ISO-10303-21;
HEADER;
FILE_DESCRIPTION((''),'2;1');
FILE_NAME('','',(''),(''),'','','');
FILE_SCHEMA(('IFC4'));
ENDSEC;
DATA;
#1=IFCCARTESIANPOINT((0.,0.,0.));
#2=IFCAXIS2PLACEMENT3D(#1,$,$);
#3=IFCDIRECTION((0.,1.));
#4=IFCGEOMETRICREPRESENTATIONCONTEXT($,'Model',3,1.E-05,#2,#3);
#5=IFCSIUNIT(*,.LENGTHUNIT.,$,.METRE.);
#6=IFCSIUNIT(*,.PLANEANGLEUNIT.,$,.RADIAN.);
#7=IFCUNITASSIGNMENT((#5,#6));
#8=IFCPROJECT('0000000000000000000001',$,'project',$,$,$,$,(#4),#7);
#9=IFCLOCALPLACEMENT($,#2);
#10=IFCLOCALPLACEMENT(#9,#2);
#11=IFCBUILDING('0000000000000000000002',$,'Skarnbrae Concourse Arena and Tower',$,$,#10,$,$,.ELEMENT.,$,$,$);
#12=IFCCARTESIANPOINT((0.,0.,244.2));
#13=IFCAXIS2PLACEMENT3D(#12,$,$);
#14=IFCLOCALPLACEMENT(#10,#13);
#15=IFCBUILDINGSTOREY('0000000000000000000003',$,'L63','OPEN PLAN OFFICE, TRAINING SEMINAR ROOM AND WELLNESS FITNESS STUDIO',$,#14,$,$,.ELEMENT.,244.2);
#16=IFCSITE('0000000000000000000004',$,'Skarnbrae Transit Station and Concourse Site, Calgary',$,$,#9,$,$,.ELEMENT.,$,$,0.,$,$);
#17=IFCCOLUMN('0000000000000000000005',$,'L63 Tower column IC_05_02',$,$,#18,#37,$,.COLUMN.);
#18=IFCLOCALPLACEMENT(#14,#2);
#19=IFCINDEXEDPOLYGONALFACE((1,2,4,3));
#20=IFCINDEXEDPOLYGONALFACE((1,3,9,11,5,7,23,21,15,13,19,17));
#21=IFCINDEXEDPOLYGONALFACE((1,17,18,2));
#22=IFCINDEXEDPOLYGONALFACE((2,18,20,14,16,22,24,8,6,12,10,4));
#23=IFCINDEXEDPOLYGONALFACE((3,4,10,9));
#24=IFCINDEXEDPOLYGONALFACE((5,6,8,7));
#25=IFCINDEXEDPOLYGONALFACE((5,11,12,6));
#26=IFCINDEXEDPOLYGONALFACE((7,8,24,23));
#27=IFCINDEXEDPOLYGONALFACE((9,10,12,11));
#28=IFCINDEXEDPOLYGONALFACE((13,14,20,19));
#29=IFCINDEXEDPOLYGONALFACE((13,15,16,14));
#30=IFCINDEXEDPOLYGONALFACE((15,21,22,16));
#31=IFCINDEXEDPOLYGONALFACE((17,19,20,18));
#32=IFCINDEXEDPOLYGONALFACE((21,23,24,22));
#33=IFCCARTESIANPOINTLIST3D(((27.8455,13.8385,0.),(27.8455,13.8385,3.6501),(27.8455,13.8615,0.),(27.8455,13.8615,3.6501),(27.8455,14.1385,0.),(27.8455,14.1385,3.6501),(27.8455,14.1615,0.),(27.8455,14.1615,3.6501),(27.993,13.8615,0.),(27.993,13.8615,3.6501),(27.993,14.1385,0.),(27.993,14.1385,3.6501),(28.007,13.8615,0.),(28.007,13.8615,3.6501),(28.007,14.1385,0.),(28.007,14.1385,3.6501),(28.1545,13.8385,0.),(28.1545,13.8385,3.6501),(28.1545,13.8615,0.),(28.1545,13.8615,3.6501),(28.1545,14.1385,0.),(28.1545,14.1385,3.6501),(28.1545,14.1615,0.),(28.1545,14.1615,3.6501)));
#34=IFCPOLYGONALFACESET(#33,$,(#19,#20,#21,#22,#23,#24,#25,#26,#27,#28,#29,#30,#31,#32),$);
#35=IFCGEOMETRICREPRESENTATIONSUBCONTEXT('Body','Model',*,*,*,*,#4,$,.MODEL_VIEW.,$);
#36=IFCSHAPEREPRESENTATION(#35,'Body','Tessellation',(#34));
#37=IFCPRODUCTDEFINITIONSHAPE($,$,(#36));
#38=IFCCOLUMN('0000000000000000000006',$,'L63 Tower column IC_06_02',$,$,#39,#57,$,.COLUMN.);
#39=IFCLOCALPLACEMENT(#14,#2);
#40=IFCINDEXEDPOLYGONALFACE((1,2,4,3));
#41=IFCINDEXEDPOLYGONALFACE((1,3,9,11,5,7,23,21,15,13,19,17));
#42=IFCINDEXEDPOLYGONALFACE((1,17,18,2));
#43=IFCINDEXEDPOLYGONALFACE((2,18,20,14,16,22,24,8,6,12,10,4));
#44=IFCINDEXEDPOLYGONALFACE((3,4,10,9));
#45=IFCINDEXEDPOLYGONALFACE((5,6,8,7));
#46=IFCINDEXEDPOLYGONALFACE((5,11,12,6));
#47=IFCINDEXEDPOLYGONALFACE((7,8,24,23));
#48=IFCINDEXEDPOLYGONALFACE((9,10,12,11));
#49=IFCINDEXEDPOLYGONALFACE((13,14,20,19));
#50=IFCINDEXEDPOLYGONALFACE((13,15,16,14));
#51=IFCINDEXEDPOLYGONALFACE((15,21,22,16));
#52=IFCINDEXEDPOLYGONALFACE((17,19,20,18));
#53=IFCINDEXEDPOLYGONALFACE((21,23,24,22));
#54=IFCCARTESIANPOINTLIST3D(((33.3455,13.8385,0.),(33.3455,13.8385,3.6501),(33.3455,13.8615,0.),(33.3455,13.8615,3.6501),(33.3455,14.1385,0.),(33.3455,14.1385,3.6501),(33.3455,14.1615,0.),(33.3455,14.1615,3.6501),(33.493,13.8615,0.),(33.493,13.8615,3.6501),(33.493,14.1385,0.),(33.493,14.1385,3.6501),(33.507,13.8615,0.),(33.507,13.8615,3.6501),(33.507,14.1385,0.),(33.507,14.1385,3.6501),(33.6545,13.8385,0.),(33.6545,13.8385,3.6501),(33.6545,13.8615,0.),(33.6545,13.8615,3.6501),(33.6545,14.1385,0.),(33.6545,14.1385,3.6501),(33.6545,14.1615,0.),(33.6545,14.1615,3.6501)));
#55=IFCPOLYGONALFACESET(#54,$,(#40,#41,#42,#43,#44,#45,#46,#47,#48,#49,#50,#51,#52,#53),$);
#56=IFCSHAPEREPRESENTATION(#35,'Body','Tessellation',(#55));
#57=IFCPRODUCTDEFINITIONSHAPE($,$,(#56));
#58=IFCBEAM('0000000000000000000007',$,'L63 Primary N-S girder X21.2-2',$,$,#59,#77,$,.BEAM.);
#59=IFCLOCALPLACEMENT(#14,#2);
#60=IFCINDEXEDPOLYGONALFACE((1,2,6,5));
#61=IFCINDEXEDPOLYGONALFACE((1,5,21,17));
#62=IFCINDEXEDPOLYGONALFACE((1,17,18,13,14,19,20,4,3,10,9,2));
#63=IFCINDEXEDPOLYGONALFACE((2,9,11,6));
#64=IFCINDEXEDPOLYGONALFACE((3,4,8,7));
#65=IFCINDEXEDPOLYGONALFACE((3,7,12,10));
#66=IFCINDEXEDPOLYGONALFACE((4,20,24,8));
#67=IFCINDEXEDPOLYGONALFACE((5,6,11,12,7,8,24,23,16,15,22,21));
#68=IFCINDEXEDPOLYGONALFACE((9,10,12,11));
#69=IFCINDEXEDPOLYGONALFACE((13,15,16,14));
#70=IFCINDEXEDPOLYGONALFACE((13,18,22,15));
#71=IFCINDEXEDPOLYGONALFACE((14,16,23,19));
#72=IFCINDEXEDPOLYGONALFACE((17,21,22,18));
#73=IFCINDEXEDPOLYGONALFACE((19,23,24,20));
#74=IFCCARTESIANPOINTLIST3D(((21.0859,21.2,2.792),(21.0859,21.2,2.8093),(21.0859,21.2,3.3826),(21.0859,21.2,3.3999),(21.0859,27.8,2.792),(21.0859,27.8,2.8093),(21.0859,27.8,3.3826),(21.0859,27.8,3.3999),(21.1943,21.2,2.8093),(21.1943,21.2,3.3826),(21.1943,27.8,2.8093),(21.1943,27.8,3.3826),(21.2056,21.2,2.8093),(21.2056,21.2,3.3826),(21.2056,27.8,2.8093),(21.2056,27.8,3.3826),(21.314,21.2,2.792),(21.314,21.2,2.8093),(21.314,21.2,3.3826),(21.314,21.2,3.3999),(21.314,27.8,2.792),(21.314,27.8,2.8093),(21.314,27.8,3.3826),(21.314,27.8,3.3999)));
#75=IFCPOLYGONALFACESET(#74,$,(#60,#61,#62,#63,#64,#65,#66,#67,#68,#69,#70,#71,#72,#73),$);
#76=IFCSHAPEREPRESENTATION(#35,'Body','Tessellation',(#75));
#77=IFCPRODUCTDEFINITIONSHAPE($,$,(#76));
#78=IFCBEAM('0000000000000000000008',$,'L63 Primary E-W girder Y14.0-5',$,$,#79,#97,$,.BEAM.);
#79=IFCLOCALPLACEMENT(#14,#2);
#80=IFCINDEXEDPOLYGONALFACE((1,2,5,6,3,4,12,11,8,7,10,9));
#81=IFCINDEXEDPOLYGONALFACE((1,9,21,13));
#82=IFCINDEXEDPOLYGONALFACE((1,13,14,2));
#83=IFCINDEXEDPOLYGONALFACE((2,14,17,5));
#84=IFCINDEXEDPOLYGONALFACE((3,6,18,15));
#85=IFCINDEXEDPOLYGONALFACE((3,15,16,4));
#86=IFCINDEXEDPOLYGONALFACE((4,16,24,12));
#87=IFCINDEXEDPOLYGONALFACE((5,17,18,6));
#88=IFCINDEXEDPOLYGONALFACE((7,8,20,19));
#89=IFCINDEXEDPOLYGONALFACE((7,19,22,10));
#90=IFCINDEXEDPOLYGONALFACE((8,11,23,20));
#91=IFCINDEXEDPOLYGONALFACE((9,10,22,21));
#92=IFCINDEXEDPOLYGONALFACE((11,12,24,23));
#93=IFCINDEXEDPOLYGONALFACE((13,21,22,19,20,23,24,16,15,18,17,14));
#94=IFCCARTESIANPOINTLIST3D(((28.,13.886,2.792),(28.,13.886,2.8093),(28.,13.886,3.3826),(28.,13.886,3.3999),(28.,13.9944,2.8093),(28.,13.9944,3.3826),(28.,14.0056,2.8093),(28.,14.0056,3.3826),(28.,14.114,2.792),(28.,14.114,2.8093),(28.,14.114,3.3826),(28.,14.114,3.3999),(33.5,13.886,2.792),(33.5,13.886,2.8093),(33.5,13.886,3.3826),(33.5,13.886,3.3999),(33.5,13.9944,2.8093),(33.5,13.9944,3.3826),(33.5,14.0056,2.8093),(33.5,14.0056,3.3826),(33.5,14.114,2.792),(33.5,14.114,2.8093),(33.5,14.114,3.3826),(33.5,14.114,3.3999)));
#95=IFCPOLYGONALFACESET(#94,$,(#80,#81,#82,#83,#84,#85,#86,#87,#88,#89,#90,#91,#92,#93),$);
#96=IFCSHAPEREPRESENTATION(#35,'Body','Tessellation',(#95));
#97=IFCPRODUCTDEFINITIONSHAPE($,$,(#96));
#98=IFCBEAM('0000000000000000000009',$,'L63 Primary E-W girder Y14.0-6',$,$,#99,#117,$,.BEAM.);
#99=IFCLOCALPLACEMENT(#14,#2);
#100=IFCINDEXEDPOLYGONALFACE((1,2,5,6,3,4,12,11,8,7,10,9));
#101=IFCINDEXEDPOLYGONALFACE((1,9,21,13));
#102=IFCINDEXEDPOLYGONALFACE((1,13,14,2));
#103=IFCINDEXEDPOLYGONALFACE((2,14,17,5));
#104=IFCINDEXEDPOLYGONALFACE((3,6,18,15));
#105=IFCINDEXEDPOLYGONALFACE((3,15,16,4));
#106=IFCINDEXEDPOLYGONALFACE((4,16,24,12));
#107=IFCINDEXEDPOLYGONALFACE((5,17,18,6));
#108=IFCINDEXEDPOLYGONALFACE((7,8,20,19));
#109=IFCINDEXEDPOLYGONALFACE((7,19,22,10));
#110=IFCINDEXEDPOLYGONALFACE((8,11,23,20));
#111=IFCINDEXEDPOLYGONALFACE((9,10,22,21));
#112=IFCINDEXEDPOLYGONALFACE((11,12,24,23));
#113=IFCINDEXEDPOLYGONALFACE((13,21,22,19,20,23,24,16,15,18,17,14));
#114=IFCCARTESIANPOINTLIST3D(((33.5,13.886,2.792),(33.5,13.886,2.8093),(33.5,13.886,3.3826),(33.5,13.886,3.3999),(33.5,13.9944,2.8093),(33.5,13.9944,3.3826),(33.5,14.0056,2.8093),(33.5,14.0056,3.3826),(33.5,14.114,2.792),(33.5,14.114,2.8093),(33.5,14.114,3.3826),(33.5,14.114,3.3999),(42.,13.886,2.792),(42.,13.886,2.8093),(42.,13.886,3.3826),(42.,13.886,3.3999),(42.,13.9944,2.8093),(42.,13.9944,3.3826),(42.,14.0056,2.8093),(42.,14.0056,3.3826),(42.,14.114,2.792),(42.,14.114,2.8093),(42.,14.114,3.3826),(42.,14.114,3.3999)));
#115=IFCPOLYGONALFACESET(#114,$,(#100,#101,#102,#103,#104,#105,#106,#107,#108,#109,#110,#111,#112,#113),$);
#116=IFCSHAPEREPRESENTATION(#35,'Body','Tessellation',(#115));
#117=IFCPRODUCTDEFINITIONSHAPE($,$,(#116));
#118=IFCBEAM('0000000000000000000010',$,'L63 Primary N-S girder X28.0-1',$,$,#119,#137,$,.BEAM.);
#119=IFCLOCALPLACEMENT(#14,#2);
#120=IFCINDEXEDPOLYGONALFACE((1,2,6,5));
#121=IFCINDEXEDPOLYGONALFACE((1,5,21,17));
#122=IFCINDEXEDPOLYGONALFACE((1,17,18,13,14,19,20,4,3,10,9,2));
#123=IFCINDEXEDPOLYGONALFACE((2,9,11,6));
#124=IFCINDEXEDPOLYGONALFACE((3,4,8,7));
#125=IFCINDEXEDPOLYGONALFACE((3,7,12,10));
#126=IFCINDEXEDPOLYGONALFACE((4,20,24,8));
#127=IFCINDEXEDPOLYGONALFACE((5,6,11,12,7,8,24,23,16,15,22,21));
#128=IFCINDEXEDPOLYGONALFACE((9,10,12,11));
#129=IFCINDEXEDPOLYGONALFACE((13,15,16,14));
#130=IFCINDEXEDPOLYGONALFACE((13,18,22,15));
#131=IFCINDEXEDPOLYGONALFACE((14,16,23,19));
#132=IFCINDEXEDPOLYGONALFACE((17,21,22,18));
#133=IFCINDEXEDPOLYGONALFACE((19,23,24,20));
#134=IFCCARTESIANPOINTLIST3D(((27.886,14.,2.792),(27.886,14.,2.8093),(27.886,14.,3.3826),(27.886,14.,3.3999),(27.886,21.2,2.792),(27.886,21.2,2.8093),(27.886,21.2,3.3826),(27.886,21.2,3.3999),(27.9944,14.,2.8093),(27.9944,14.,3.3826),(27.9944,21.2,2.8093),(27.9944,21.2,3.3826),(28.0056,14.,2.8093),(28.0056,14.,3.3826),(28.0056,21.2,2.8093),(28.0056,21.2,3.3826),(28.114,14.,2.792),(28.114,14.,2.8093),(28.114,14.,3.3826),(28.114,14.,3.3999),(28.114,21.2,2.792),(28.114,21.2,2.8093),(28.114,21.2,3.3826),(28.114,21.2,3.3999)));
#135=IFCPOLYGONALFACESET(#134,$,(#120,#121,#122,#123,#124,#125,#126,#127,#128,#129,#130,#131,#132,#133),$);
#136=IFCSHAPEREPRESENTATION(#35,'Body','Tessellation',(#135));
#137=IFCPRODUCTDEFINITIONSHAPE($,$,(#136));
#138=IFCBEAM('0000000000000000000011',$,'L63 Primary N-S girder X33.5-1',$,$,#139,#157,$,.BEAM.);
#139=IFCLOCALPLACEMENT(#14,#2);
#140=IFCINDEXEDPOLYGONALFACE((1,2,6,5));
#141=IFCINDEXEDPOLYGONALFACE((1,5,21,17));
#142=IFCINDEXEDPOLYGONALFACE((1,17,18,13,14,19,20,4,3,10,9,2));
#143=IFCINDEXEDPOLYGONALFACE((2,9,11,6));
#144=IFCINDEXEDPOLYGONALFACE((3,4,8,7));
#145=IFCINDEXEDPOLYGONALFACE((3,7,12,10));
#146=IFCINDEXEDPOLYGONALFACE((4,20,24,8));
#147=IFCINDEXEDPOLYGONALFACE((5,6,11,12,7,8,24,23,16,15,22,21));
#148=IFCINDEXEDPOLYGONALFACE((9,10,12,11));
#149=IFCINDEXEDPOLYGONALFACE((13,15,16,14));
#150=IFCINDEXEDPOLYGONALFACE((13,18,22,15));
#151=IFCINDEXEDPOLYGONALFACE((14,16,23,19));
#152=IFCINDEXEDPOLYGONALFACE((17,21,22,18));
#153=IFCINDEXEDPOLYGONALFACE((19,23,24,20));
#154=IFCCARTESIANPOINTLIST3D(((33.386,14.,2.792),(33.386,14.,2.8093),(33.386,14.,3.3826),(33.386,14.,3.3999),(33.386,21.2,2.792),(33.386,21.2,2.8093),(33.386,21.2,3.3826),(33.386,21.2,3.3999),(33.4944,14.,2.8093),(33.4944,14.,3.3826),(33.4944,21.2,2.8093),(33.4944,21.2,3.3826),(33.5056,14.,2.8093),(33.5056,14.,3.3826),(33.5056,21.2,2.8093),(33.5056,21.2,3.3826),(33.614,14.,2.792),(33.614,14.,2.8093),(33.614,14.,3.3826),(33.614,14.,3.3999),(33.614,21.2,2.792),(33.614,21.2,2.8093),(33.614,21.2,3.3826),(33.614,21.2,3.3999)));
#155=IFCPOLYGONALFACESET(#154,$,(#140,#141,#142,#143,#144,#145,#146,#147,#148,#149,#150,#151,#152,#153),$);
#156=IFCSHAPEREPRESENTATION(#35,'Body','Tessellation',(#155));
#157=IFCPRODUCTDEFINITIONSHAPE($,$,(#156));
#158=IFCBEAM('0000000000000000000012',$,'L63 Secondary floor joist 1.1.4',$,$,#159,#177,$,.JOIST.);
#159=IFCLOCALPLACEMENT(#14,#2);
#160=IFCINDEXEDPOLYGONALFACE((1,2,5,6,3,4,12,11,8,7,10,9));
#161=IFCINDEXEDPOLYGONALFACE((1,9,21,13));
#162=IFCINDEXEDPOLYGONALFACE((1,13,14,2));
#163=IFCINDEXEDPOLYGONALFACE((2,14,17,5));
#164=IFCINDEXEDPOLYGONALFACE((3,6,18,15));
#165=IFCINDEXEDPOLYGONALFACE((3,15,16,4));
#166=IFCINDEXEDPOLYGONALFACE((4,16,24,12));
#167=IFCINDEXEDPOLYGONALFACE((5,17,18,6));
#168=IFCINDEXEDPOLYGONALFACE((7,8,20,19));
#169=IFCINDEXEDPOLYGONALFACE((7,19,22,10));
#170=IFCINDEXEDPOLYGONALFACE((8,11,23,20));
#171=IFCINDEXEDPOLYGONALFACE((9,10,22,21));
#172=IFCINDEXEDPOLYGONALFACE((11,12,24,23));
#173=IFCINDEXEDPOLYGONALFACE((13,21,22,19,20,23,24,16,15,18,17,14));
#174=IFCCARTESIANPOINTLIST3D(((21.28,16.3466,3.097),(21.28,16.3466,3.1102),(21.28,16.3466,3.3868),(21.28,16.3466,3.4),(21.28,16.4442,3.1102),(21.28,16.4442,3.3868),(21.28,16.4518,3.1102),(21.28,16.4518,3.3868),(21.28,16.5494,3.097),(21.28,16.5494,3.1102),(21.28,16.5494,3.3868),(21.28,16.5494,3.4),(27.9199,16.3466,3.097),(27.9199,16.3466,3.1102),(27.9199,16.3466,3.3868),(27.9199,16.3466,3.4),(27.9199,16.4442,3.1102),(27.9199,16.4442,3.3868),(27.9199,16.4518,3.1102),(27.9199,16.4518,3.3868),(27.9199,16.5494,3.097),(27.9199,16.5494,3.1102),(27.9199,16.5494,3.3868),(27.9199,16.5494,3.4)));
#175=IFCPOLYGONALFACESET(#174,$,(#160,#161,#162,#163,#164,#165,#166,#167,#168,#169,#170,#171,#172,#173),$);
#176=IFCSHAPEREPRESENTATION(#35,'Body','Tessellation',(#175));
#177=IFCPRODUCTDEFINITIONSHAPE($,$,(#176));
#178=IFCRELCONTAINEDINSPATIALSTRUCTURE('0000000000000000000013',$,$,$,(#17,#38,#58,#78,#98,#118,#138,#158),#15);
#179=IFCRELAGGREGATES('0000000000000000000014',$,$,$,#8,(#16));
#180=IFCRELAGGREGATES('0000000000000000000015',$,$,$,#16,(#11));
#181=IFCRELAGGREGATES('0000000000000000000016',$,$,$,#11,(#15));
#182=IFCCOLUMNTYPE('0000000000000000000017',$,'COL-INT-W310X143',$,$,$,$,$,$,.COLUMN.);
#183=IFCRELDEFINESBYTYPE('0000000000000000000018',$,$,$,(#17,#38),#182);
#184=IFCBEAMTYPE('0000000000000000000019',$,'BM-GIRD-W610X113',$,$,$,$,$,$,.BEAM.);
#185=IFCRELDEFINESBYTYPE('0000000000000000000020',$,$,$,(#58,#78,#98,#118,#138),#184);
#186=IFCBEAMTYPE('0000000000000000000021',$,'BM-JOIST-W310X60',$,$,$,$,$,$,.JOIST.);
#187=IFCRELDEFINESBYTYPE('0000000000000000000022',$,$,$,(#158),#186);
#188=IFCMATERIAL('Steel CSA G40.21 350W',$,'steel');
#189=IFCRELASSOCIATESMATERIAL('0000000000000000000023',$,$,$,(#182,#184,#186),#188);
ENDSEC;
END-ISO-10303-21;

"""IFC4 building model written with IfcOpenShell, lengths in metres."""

from ifc_helpers import new_model, si_unit, direction, frame, origin, origin_2d, place, context, subcontext, project, spatial, i_section, extrude, source, transform, mapped, material, material_profile, profile_set, type_object, element, save


model = new_model("IFC4")

# Units and contexts
model_context = context("Model", 3, precision=1e-05, world=origin(), true_north=direction((0.0, 1.0)))
body_context = subcontext(model_context, "Body", "Model", "MODEL_VIEW")
ifc_project = project(units=[si_unit("LENGTHUNIT", "METRE"), si_unit("PLANEANGLEUNIT", "RADIAN")], contexts=[model_context])

# Site, building, storey
site_placement = place(None, origin())
site = spatial("IfcSite", under=ifc_project, at=site_placement, Name="Skarnbrae Transit Station and Concourse Site, Calgary", CompositionType="ELEMENT", RefElevation=0.0)
building_placement = place(site_placement, origin())
building = spatial("IfcBuilding", under=site, at=building_placement, Name="Skarnbrae Concourse Arena and Tower", CompositionType="ELEMENT")
storey_placement = place(building_placement, frame((0.0, 0.0, 244.2)))
storey = spatial("IfcBuildingStorey", under=building, at=storey_placement, Name="L63", Description="OPEN PLAN OFFICE, TRAINING SEMINAR ROOM AND WELLNESS FITNESS STUDIO", CompositionType="ELEMENT", Elevation=244.2)

# Columns
ifc_material_1 = material(Name="Steel CSA G40.21 350W", Category="steel")
ifc_material_profile_1 = material_profile(ifc_material_1, i_section(OverallWidth=0.3091, OverallDepth=0.323, WebThickness=0.0139, FlangeThickness=0.0229, at=origin_2d()), Name="W310X143")
ifc_profile_set_1 = profile_set([ifc_material_profile_1], Name="Steel CSA G40.21 350W")
column_type = type_object("IfcColumnType", Name="COL-INT-W310X143", PredefinedType="COLUMN", material=ifc_profile_set_1)
shared_shape_1 = source(origin(), body_context, "Body", "SweptSolid", [
    extrude(i_section(OverallWidth=0.3091, OverallDepth=0.323, WebThickness=0.0139, FlangeThickness=0.0229, at=origin_2d()), origin(), (0.0, 0.0, 1.0), 3.6501),
])
for number, where, z_axis, x_axis, name in (
    (1, (28.0, 14.0, 0.0), (0.0, 0.0, 1.0), (1.0, 0.0, 0.0), "L63 Tower column IC_05_02"),
    (2, (33.5, 14.0, 0.0), (0.0, 0.0, 1.0), (1.0, 0.0, 0.0), "L63 Tower column IC_06_02"),
):
    element("IfcColumn", number, at=place(storey_placement, frame(where, z_axis=z_axis, x_axis=x_axis)), inside=storey, type_object=column_type, Name=name, PredefinedType="COLUMN", context=body_context, shape_type="MappedRepresentation", body=[
        mapped(shared_shape_1, transform((0.0, 0.0, 0.0))),
    ])

# Beams
ifc_material_profile_2 = material_profile(ifc_material_1, i_section(OverallWidth=0.228, OverallDepth=0.6079, WebThickness=0.0112, FlangeThickness=0.0173, at=origin_2d()), Name="W610X113")
ifc_profile_set_2 = profile_set([ifc_material_profile_2], Name="Steel CSA G40.21 350W")
beam_type_1 = type_object("IfcBeamType", Name="BM-GIRD-W610X113", PredefinedType="BEAM", material=ifc_profile_set_2)
shared_shape_2 = source(origin(), body_context, "Body", "SweptSolid", [
    extrude(i_section(OverallWidth=0.228, OverallDepth=0.6079, WebThickness=0.0112, FlangeThickness=0.0173, at=origin_2d()), origin(), (0.0, 0.0, 1.0), 6.6001),
])
beam_1_placement = place(storey_placement, frame((21.2, 21.2, 3.0959), z_axis=(0.0, 1.0, 0.0), x_axis=(-1.0, 0.0, 0.0)))
element("IfcBeam", 3, at=beam_1_placement, inside=storey, type_object=beam_type_1, Name="L63 Primary N-S girder X21.2-2", PredefinedType="BEAM", context=body_context, shape_type="MappedRepresentation", body=[
    mapped(shared_shape_2, transform((0.0, 0.0, 0.0))),
])
shared_shape_3 = source(origin(), body_context, "Body", "SweptSolid", [
    extrude(i_section(OverallWidth=0.228, OverallDepth=0.6079, WebThickness=0.0112, FlangeThickness=0.0173, at=origin_2d()), origin(), (0.0, 0.0, 1.0), 5.5),
])
beam_2_placement = place(storey_placement, frame((28.0, 14.0, 3.0959), z_axis=(1.0, 0.0, 0.0), x_axis=(0.0, 1.0, 0.0)))
element("IfcBeam", 4, at=beam_2_placement, inside=storey, type_object=beam_type_1, Name="L63 Primary E-W girder Y14.0-5", PredefinedType="BEAM", context=body_context, shape_type="MappedRepresentation", body=[
    mapped(shared_shape_3, transform((0.0, 0.0, 0.0))),
])
shared_shape_4 = source(origin(), body_context, "Body", "SweptSolid", [
    extrude(i_section(OverallWidth=0.228, OverallDepth=0.6079, WebThickness=0.0112, FlangeThickness=0.0173, at=origin_2d()), origin(), (0.0, 0.0, 1.0), 8.5),
])
beam_3_placement = place(storey_placement, frame((33.5, 14.0, 3.0959), z_axis=(1.0, 0.0, 0.0), x_axis=(0.0, 1.0, 0.0)))
element("IfcBeam", 5, at=beam_3_placement, inside=storey, type_object=beam_type_1, Name="L63 Primary E-W girder Y14.0-6", PredefinedType="BEAM", context=body_context, shape_type="MappedRepresentation", body=[
    mapped(shared_shape_4, transform((0.0, 0.0, 0.0))),
])
shared_shape_5 = source(origin(), body_context, "Body", "SweptSolid", [
    extrude(i_section(OverallWidth=0.228, OverallDepth=0.6079, WebThickness=0.0112, FlangeThickness=0.0173, at=origin_2d()), origin(), (0.0, 0.0, 1.0), 7.2),
])
for number, where, z_axis, x_axis, name in (
    (6, (28.0, 14.0, 3.0959), (0.0, 1.0, 0.0), (-1.0, 0.0, 0.0), "L63 Primary N-S girder X28.0-1"),
    (7, (33.5, 14.0, 3.0959), (0.0, 1.0, 0.0), (-1.0, 0.0, 0.0), "L63 Primary N-S girder X33.5-1"),
):
    element("IfcBeam", number, at=place(storey_placement, frame(where, z_axis=z_axis, x_axis=x_axis)), inside=storey, type_object=beam_type_1, Name=name, PredefinedType="BEAM", context=body_context, shape_type="MappedRepresentation", body=[
        mapped(shared_shape_5, transform((0.0, 0.0, 0.0))),
    ])
ifc_material_profile_3 = material_profile(ifc_material_1, i_section(OverallWidth=0.2029, OverallDepth=0.303, WebThickness=0.0076, FlangeThickness=0.0132, at=origin_2d()), Name="W310X60")
ifc_profile_set_3 = profile_set([ifc_material_profile_3], Name="Steel CSA G40.21 350W")
beam_type_2 = type_object("IfcBeamType", Name="BM-JOIST-W310X60", PredefinedType="JOIST", material=ifc_profile_set_3)
shared_shape_6 = source(origin(), body_context, "Body", "SweptSolid", [
    extrude(i_section(OverallWidth=0.2029, OverallDepth=0.303, WebThickness=0.0076, FlangeThickness=0.0132, at=origin_2d()), origin(), (0.0, 0.0, 1.0), 6.6399),
])
for number, where, z_axis, x_axis, name in (
    (8, (21.28, 16.448, 3.2485), (1.0, 0.0, 0.0), (0.0, 1.0, 0.0), "L63 Secondary floor joist 1.1.4"),
):
    element("IfcBeam", number, at=place(storey_placement, frame(where, z_axis=z_axis, x_axis=x_axis)), inside=storey, type_object=beam_type_2, Name=name, PredefinedType="JOIST", context=body_context, shape_type="MappedRepresentation", body=[
        mapped(shared_shape_6, transform((0.0, 0.0, 0.0))),
    ])

save(model, "model.ifc")
